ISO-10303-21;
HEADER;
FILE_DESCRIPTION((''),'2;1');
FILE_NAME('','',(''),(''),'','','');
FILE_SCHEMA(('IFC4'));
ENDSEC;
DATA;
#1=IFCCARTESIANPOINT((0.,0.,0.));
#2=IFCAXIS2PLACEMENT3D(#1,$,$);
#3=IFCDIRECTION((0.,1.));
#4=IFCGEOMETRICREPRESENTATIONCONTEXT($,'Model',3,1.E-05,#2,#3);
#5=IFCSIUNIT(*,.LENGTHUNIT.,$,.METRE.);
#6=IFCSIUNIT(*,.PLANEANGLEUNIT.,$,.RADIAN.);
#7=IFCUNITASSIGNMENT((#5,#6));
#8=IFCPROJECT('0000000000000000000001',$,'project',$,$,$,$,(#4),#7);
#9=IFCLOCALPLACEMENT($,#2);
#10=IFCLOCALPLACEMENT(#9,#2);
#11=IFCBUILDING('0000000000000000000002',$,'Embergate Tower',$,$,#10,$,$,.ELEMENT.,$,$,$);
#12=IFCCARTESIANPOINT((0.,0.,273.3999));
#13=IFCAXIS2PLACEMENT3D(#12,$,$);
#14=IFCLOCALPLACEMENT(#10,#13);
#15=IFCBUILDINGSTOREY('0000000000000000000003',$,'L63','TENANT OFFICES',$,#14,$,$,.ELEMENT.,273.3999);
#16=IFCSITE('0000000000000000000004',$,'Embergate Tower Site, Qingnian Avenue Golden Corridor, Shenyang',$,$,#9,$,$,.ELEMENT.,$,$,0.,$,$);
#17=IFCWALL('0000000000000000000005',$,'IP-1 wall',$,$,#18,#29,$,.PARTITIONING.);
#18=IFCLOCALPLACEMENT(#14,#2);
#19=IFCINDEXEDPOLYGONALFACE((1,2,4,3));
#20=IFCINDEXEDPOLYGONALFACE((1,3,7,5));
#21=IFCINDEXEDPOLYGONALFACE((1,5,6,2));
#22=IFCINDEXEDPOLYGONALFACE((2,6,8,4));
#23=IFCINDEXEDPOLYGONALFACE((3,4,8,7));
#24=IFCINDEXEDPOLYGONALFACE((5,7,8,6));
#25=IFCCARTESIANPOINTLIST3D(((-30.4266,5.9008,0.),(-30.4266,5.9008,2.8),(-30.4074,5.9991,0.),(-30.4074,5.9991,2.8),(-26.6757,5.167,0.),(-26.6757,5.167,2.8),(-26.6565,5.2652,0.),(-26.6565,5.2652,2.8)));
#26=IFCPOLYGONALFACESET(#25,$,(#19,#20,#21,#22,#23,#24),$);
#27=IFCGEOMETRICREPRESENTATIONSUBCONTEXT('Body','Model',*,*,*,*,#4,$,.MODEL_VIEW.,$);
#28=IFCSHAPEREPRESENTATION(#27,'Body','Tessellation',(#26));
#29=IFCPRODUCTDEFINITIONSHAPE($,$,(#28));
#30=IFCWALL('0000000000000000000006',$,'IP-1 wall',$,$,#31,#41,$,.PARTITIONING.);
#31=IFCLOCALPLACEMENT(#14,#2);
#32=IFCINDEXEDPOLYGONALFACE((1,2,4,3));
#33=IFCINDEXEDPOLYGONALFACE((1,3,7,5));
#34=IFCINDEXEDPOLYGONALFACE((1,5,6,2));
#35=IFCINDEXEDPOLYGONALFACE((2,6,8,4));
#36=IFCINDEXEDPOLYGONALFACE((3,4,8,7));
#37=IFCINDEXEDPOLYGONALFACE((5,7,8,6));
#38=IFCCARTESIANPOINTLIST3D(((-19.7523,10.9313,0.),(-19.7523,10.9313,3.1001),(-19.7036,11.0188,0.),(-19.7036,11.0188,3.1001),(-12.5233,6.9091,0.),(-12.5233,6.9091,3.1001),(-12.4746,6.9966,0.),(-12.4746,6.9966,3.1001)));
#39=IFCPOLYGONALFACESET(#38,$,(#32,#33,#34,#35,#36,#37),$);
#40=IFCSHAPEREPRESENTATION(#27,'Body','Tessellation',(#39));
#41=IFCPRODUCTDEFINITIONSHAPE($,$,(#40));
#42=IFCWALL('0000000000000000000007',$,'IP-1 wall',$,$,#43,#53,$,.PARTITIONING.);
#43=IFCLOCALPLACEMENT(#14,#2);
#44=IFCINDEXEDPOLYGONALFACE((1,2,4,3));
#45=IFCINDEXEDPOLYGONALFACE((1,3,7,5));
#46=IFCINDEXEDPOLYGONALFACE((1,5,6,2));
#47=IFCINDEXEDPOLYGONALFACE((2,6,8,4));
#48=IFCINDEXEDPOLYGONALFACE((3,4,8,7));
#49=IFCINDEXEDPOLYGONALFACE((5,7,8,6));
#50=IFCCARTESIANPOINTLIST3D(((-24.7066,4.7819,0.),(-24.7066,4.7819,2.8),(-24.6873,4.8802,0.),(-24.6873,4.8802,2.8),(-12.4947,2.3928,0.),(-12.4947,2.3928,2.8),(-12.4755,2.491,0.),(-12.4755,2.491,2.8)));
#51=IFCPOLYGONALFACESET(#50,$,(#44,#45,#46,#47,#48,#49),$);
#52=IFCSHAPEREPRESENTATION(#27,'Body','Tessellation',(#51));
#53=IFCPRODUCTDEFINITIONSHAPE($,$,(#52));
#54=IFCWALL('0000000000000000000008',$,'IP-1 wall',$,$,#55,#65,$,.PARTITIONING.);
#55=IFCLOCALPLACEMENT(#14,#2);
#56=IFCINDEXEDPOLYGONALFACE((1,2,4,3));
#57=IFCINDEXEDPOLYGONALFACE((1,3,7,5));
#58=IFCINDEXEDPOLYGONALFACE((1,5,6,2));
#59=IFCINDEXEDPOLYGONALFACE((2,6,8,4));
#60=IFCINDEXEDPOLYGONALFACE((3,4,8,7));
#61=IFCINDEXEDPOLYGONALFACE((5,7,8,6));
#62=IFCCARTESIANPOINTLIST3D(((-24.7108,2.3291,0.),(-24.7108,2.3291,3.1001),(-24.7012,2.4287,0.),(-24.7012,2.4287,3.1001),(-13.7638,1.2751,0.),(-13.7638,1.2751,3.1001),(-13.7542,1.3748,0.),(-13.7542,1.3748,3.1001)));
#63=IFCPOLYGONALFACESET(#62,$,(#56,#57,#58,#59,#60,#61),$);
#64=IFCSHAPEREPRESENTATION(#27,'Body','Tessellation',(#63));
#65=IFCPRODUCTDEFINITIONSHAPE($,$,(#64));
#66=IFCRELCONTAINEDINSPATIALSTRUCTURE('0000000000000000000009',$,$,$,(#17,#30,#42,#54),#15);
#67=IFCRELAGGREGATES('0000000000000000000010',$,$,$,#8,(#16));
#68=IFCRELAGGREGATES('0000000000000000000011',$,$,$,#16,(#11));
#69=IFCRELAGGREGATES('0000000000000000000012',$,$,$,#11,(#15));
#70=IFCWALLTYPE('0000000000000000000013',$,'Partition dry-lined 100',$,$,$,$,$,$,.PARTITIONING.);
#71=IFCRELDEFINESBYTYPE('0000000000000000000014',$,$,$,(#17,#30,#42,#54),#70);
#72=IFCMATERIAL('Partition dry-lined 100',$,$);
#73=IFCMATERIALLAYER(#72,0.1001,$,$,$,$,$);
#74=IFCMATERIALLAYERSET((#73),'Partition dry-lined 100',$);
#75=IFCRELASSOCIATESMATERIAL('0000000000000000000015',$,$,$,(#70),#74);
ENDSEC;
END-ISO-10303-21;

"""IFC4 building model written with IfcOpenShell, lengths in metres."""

from ifc_helpers import new_model, si_unit, direction, frame, frame_2d, origin, place, context, subcontext, project, spatial, rectangle, extrude, source, transform, mapped, material, layer, layer_set, type_object, element, save


model = new_model("IFC4")

# Units and contexts
model_context = context("Model", 3, precision=1e-05, world=origin(), true_north=direction((0.0, 1.0)))
body_context = subcontext(model_context, "Body", "Model", "MODEL_VIEW")
ifc_project = project(units=[si_unit("LENGTHUNIT", "METRE"), si_unit("PLANEANGLEUNIT", "RADIAN")], contexts=[model_context])

# Site, building, storey
site_placement = place(None, origin())
site = spatial("IfcSite", under=ifc_project, at=site_placement, Name="Embergate Tower Site, Qingnian Avenue Golden Corridor, Shenyang", CompositionType="ELEMENT", RefElevation=0.0)
building_placement = place(site_placement, origin())
building = spatial("IfcBuilding", under=site, at=building_placement, Name="Embergate Tower", CompositionType="ELEMENT")
storey_placement = place(building_placement, frame((0.0, 0.0, 273.3999)))
storey = spatial("IfcBuildingStorey", under=building, at=storey_placement, Name="L63", Description="TENANT OFFICES", CompositionType="ELEMENT", Elevation=273.3999)

# Walls
ifc_material_1 = material(Name="Partition dry-lined 100")
ifc_layer_1 = layer(ifc_material_1, 0.1001)
ifc_layer_set_1 = layer_set([ifc_layer_1], Name="Partition dry-lined 100")
wall_type_1 = type_object("IfcWallType", Name="Partition dry-lined 100", PredefinedType="PARTITIONING", material=ifc_layer_set_1)
shared_shape_1 = source(origin(), body_context, "Body", "SweptSolid", [
    extrude(rectangle(XDim=3.822, YDim=0.1001, at=frame_2d((1.9111, 0.0))), origin(), (0.0, 0.0, 1.0), 2.8),
])
wall_1_placement = place(storey_placement, frame((-26.666, 5.2161, 0.0), z_axis=(0.0, 0.0, 1.0), x_axis=(-0.981393, 0.192012, 0.0)))
element("IfcWall", 1, at=wall_1_placement, inside=storey, type_object=wall_type_1, Name="IP-1 wall", PredefinedType="PARTITIONING", context=body_context, shape_type="MappedRepresentation", body=[
    mapped(shared_shape_1, transform((0.0, 0.0, 0.0))),
])
shared_shape_2 = source(origin(), body_context, "Body", "SweptSolid", [
    extrude(rectangle(XDim=8.2727, YDim=0.1001, at=frame_2d((4.1362, 0.0))), origin(), (0.0, 0.0, 1.0), 3.1001),
])
wall_2_placement = place(storey_placement, frame((-12.499, 6.9529, 0.0), z_axis=(0.0, 0.0, 1.0), x_axis=(-0.873844, 0.486207, 0.0)))
element("IfcWall", 2, at=wall_2_placement, inside=storey, type_object=wall_type_1, Name="IP-1 wall", PredefinedType="PARTITIONING", context=body_context, shape_type="MappedRepresentation", body=[
    mapped(shared_shape_2, transform((0.0, 0.0, 0.0))),
])
shared_shape_3 = source(origin(), body_context, "Body", "SweptSolid", [
    extrude(rectangle(XDim=12.4434, YDim=0.1001, at=frame_2d((6.2217, 0.0))), origin(), (0.0, 0.0, 1.0), 2.8),
])
wall_3_placement = place(storey_placement, frame((-12.4851, 2.4419, 0.0), z_axis=(0.0, 0.0, 1.0), x_axis=(-0.981395, 0.192002, 0.0)))
element("IfcWall", 3, at=wall_3_placement, inside=storey, type_object=wall_type_1, Name="IP-1 wall", PredefinedType="PARTITIONING", context=body_context, shape_type="MappedRepresentation", body=[
    mapped(shared_shape_3, transform((0.0, 0.0, 0.0))),
])
shared_shape_4 = source(origin(), body_context, "Body", "SweptSolid", [
    extrude(rectangle(XDim=10.9976, YDim=0.1001, at=frame_2d((5.4988, 0.0))), origin(), (0.0, 0.0, 1.0), 3.1001),
])
wall_4_placement = place(storey_placement, frame((-13.759, 1.325, 0.0), z_axis=(0.0, 0.0, 1.0), x_axis=(-0.995397, 0.095835, 0.0)))
element("IfcWall", 4, at=wall_4_placement, inside=storey, type_object=wall_type_1, Name="IP-1 wall", PredefinedType="PARTITIONING", context=body_context, shape_type="MappedRepresentation", body=[
    mapped(shared_shape_4, transform((0.0, 0.0, 0.0))),
])

save(model, "model.ifc")
